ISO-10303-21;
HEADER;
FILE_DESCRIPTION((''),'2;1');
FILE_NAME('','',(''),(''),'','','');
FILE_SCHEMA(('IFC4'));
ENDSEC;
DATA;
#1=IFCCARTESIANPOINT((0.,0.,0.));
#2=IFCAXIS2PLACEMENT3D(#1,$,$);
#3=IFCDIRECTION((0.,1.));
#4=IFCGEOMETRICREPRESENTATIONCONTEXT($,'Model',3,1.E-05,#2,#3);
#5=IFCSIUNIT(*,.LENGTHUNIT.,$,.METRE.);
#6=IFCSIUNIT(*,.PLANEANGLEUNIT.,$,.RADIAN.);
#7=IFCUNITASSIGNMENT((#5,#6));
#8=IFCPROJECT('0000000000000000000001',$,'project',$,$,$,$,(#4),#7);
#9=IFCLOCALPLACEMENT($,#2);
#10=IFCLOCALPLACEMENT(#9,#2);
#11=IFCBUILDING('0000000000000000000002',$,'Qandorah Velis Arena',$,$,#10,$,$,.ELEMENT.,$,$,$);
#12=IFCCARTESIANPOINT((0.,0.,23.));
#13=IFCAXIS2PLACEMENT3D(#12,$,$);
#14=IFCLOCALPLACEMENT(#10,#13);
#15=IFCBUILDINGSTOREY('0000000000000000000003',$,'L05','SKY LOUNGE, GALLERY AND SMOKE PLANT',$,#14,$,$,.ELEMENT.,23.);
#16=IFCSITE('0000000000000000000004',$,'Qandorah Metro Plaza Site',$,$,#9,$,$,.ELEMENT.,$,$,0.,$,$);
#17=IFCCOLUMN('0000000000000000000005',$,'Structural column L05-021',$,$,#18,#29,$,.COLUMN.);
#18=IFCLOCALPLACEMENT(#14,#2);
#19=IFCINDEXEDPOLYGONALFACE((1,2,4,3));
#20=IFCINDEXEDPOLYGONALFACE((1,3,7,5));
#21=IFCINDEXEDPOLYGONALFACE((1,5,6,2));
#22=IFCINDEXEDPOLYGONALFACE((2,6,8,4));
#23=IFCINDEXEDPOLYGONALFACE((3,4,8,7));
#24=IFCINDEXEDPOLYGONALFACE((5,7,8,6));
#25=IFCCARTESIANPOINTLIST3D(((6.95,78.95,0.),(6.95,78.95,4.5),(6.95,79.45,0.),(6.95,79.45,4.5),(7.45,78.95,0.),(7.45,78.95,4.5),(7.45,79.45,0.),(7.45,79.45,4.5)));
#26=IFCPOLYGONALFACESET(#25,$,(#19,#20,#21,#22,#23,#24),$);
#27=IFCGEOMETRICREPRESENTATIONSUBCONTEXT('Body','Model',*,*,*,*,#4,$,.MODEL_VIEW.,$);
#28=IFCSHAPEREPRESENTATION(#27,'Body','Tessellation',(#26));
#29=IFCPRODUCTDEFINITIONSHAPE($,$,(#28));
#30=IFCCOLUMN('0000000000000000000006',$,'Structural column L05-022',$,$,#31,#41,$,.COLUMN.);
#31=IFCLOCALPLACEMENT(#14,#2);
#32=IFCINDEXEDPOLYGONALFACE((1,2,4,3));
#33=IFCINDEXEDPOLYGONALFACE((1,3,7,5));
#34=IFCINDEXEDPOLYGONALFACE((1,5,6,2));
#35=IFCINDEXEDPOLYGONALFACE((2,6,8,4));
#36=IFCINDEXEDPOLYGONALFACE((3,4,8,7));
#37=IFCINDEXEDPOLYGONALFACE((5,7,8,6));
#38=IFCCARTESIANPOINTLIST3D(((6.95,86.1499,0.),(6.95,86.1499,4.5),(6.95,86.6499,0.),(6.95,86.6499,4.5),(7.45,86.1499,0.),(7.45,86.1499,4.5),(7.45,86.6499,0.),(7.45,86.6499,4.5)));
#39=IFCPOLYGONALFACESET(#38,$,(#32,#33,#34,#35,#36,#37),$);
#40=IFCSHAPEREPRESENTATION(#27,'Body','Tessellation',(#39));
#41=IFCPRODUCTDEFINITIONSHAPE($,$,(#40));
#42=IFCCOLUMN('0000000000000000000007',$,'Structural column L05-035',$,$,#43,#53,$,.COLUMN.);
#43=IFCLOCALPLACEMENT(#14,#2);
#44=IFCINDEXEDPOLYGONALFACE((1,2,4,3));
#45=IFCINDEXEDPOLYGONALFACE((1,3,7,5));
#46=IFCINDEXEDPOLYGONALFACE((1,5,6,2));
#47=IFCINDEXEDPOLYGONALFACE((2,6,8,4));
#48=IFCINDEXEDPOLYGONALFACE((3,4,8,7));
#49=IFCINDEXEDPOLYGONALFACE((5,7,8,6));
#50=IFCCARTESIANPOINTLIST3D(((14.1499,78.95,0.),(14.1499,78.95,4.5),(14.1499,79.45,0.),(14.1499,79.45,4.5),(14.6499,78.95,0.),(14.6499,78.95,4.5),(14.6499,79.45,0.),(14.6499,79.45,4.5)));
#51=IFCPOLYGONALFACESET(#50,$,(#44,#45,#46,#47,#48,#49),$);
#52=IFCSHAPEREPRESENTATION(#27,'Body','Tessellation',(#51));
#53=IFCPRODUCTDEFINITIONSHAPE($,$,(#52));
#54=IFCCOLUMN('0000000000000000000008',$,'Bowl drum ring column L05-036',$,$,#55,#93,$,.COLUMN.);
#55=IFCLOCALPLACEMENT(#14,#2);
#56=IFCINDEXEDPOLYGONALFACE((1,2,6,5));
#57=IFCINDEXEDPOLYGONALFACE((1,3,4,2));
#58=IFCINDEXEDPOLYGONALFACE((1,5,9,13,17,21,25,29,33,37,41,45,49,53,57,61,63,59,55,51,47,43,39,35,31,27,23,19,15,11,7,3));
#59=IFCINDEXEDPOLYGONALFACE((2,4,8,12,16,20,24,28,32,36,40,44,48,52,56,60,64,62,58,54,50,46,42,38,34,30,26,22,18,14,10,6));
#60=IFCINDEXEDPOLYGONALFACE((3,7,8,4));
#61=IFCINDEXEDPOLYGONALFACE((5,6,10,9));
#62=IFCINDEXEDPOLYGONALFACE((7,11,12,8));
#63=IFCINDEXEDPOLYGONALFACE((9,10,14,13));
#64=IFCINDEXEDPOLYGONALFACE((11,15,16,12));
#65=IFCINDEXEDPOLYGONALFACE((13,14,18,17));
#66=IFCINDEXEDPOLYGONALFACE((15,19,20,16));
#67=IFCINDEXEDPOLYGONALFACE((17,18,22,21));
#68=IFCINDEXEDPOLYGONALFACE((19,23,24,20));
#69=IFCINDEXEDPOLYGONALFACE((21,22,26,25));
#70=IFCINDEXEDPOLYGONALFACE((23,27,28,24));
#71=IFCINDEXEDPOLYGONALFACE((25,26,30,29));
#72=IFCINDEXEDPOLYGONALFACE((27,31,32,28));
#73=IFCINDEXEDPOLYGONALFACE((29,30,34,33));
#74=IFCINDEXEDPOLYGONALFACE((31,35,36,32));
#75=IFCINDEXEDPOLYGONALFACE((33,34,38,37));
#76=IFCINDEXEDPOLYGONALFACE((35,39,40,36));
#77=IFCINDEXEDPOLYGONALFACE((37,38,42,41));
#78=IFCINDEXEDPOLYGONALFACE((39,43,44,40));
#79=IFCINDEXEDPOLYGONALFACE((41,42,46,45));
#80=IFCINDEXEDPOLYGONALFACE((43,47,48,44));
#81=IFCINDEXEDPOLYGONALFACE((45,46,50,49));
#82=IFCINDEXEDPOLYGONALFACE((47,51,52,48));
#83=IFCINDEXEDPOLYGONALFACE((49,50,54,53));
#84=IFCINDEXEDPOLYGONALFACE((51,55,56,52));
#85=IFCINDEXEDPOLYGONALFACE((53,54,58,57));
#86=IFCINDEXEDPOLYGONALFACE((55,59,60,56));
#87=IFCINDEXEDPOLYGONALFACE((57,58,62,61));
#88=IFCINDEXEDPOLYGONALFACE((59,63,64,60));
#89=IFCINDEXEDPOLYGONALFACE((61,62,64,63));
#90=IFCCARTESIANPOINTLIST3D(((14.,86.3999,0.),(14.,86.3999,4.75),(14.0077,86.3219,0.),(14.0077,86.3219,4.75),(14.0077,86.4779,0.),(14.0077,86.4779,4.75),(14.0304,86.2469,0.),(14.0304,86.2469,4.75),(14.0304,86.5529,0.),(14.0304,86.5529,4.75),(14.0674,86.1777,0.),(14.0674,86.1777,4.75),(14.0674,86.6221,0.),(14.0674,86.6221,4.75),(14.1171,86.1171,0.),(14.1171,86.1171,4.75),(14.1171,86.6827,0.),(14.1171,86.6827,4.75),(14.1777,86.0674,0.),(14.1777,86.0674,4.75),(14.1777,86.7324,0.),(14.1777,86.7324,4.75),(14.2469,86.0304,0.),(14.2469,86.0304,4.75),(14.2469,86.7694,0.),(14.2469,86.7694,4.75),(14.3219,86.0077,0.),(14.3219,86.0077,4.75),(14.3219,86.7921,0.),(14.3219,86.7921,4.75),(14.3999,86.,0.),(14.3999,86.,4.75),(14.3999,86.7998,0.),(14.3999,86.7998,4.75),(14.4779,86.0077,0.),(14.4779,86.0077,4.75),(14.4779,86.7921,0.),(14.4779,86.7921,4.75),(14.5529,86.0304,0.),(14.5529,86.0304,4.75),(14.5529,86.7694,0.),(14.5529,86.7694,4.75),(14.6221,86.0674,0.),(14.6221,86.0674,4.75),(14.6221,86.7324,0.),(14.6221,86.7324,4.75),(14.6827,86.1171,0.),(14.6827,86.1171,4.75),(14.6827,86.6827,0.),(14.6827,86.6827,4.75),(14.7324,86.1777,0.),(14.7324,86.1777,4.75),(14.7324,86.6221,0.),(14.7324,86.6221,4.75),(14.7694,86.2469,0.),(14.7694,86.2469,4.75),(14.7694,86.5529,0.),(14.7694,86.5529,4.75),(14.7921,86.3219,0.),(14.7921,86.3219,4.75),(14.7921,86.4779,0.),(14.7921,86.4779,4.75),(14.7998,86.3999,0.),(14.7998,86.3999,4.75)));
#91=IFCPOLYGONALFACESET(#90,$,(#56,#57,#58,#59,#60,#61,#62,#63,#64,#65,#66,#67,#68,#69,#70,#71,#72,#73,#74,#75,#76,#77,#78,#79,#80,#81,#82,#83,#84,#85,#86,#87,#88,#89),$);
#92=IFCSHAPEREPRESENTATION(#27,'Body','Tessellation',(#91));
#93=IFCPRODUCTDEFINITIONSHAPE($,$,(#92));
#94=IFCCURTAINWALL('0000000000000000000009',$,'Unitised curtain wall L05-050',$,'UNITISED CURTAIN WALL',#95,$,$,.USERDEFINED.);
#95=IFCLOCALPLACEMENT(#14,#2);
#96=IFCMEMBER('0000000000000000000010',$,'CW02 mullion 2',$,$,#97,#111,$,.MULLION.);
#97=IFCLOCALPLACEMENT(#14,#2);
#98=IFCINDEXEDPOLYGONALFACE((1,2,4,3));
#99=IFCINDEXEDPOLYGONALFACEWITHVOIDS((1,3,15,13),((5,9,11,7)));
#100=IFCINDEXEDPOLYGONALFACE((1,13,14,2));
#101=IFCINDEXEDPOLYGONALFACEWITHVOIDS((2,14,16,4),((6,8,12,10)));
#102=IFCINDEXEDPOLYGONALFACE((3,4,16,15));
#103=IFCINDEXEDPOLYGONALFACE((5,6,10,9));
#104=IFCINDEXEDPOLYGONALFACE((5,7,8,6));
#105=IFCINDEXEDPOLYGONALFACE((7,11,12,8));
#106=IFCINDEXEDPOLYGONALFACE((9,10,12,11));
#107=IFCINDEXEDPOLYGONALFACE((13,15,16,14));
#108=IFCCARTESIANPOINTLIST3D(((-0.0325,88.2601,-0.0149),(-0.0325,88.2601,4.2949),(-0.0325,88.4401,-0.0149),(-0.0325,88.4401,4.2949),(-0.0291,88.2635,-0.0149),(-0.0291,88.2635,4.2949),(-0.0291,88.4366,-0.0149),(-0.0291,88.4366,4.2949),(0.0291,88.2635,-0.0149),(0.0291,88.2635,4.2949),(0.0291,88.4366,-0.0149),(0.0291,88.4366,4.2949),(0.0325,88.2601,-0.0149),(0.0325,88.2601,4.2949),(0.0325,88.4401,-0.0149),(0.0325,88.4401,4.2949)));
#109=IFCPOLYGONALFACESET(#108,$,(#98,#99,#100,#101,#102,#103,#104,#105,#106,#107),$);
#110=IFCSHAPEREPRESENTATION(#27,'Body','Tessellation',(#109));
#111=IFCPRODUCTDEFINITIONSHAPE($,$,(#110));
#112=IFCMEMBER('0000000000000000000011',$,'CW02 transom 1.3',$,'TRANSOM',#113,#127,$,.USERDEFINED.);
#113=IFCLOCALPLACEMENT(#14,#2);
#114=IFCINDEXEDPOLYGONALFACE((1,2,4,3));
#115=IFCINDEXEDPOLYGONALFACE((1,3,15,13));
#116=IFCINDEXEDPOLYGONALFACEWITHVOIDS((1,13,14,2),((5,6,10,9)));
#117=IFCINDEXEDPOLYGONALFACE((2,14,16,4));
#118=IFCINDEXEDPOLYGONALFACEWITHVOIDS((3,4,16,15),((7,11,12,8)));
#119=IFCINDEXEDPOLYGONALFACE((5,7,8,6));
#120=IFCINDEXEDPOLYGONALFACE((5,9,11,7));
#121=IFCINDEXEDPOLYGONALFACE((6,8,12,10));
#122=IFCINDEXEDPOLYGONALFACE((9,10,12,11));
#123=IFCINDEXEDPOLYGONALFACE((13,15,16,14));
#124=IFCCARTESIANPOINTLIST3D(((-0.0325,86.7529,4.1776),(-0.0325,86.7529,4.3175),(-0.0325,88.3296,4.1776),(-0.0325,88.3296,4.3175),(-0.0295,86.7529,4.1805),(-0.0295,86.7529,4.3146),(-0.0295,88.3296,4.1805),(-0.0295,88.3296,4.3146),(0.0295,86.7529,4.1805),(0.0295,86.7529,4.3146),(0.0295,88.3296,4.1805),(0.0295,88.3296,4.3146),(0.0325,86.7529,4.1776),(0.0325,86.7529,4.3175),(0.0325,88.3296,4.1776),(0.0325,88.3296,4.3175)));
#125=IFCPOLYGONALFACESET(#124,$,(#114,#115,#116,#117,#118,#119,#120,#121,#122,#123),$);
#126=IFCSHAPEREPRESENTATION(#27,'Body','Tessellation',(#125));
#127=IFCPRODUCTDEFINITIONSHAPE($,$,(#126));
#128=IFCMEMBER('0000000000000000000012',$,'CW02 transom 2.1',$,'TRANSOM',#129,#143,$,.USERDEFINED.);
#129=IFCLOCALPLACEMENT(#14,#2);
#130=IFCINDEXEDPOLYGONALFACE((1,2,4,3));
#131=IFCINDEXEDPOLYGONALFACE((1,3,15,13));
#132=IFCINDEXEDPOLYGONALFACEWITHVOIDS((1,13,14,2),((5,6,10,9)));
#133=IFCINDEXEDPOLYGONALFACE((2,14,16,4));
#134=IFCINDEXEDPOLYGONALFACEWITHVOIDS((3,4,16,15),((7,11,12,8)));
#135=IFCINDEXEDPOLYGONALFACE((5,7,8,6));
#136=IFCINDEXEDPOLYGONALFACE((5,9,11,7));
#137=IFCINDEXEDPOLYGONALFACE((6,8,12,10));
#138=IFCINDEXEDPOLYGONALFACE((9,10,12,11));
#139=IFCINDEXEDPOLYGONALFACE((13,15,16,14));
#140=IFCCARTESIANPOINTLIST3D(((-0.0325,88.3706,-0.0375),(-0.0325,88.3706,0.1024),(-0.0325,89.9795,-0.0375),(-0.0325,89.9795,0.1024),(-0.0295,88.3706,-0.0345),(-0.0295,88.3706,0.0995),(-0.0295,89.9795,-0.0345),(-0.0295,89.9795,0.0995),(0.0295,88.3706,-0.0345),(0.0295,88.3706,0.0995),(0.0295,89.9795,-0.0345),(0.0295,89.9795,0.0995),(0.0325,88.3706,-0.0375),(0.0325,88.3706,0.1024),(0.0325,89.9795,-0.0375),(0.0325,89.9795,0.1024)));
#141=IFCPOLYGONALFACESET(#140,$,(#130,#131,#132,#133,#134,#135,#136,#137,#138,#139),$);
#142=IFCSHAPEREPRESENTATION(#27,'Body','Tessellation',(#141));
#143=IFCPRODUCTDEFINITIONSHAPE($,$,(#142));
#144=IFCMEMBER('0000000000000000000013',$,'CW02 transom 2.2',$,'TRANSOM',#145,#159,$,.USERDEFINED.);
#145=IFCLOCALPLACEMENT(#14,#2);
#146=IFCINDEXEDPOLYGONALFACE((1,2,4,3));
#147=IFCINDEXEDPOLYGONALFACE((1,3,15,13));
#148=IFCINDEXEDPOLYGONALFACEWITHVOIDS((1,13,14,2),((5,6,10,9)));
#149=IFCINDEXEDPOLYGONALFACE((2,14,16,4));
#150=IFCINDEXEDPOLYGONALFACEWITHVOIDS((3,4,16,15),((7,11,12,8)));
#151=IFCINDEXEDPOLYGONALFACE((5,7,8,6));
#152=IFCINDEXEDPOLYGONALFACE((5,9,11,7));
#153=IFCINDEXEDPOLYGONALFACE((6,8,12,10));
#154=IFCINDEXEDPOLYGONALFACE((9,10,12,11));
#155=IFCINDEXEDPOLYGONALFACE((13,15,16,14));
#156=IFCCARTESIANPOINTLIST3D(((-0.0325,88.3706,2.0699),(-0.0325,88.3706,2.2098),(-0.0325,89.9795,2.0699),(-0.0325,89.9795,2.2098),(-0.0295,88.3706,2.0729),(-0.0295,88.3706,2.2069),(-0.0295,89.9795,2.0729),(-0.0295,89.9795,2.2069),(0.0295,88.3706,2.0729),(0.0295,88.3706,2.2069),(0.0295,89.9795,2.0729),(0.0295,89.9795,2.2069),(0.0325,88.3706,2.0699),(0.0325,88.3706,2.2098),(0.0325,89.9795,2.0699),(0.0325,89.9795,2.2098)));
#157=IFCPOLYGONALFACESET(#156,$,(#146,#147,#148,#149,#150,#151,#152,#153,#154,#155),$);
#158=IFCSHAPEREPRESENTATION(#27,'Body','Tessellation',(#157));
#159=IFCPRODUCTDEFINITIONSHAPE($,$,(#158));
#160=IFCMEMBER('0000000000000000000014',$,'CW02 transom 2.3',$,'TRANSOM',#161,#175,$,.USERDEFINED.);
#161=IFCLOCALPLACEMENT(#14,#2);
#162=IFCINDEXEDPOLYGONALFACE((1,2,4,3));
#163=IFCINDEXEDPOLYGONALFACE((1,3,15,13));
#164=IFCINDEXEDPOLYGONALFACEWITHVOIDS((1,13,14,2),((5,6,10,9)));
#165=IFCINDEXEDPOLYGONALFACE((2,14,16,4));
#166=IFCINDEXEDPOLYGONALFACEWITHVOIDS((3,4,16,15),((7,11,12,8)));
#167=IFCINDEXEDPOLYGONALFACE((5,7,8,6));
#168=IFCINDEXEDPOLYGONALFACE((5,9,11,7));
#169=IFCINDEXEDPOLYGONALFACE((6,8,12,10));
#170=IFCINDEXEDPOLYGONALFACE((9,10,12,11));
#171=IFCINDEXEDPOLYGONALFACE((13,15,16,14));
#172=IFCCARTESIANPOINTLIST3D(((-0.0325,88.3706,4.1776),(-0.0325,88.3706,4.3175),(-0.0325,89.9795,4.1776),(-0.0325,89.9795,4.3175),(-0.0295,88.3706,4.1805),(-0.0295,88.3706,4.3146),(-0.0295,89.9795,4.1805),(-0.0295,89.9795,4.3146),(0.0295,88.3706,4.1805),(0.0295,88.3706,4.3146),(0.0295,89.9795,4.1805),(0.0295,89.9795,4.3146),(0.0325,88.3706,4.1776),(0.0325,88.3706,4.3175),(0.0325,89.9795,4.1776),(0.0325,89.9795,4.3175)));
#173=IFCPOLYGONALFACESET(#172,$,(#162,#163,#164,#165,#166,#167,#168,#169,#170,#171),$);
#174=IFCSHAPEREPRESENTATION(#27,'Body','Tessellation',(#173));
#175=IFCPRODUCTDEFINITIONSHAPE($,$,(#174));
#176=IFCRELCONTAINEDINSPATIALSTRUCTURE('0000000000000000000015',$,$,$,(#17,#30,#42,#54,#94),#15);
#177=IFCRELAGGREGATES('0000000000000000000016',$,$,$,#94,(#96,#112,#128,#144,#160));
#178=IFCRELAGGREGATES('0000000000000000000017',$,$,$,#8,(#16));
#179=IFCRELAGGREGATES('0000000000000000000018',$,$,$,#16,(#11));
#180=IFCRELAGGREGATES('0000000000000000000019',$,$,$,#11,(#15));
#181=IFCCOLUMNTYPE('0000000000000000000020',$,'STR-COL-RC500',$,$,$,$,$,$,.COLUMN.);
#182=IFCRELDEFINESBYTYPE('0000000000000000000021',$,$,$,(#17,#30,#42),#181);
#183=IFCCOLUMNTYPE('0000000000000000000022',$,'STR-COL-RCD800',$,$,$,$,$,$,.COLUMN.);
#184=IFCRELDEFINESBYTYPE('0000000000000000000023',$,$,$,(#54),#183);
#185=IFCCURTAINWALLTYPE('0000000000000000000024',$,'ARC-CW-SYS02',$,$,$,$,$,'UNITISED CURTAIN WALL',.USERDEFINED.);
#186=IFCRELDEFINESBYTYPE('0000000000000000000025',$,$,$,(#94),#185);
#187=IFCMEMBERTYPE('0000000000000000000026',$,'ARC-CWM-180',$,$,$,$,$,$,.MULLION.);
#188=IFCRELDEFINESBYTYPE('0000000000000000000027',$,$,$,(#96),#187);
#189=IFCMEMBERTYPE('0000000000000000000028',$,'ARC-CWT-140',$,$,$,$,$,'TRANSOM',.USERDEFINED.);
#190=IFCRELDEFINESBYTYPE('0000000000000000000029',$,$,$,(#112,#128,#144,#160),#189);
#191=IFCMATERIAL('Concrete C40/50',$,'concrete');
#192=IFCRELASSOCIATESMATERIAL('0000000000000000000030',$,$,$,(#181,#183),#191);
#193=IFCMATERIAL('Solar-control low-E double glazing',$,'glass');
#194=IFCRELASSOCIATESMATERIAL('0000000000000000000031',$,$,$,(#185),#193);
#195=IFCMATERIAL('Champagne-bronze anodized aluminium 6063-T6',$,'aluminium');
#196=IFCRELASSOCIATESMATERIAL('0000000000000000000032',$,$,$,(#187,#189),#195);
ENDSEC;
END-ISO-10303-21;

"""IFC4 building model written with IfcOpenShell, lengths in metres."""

from ifc_helpers import new_model, si_unit, direction, frame, origin, origin_2d, place, context, subcontext, project, spatial, rectangle, hollow_rectangle, circle, extrude, material, material_profile, profile_set, type_object, element, aggregate, save


model = new_model("IFC4")

# Units and contexts
model_context = context("Model", 3, precision=1e-05, world=origin(), true_north=direction((0.0, 1.0)))
body_context = subcontext(model_context, "Body", "Model", "MODEL_VIEW")
ifc_project = project(units=[si_unit("LENGTHUNIT", "METRE"), si_unit("PLANEANGLEUNIT", "RADIAN")], contexts=[model_context])

# Site, building, storey
site_placement = place(None, origin())
site = spatial("IfcSite", under=ifc_project, at=site_placement, Name="Qandorah Metro Plaza Site", CompositionType="ELEMENT", RefElevation=0.0)
building_placement = place(site_placement, origin())
building = spatial("IfcBuilding", under=site, at=building_placement, Name="Qandorah Velis Arena", CompositionType="ELEMENT")
storey_placement = place(building_placement, frame((0.0, 0.0, 23.0)))
storey = spatial("IfcBuildingStorey", under=building, at=storey_placement, Name="L05", Description="SKY LOUNGE, GALLERY AND SMOKE PLANT", CompositionType="ELEMENT", Elevation=23.0)

# Columns
ifc_material_1 = material(Name="Concrete C40/50", Category="concrete")
ifc_material_profile_1 = material_profile(ifc_material_1, rectangle(XDim=0.5, YDim=0.5, at=origin_2d()), Name="RC COL 500x500")
ifc_profile_set_1 = profile_set([ifc_material_profile_1], Name="Concrete C40/50")
column_type_1 = type_object("IfcColumnType", Name="STR-COL-RC500", PredefinedType="COLUMN", material=ifc_profile_set_1)
for number, where, z_axis, x_axis, name in (
    (1, (7.2, 79.2, 0.0), (0.0, 0.0, 1.0), (1.0, 0.0, 0.0), "Structural column L05-021"),
    (2, (7.2, 86.3999, 0.0), (0.0, 0.0, 1.0), (1.0, 0.0, 0.0), "Structural column L05-022"),
    (3, (14.3999, 79.2, 0.0), (0.0, 0.0, 1.0), (1.0, 0.0, 0.0), "Structural column L05-035"),
):
    element("IfcColumn", number, at=place(storey_placement, frame(where, z_axis=z_axis, x_axis=x_axis)), inside=storey, type_object=column_type_1, Name=name, PredefinedType="COLUMN", context=body_context, shape_type="SweptSolid", body=[
        extrude(rectangle(XDim=0.5, YDim=0.5, at=origin_2d()), origin(), (0.0, 0.0, 1.0), 4.5),
    ])
ifc_material_profile_2 = material_profile(ifc_material_1, circle(Radius=0.3999, at=origin_2d()), Name="RC D800")
ifc_profile_set_2 = profile_set([ifc_material_profile_2], Name="Concrete C40/50")
column_type_2 = type_object("IfcColumnType", Name="STR-COL-RCD800", PredefinedType="COLUMN", material=ifc_profile_set_2)
column_placement = place(storey_placement, frame((14.3999, 86.3999, 0.0), z_axis=(0.0, 0.0, 1.0), x_axis=(1.0, 0.0, 0.0)))
element("IfcColumn", 4, at=column_placement, inside=storey, type_object=column_type_2, Name="Bowl drum ring column L05-036", PredefinedType="COLUMN", context=body_context, shape_type="SweptSolid", body=[
    extrude(circle(Radius=0.3999, at=origin_2d()), origin(), (0.0, 0.0, 1.0), 4.75),
])

# Curtain wall, members
ifc_material_2 = material(Name="Solar-control low-E double glazing", Category="glass")
curtain_wall_type = type_object("IfcCurtainWallType", Name="ARC-CW-SYS02", ElementType="UNITISED CURTAIN WALL", PredefinedType="USERDEFINED", material=ifc_material_2)
curtain_wall_placement = place(storey_placement, origin())
curtain_wall = element("IfcCurtainWall", 5, at=curtain_wall_placement, inside=storey, type_object=curtain_wall_type, Name="Unitised curtain wall L05-050", ObjectType="UNITISED CURTAIN WALL", PredefinedType="USERDEFINED")
ifc_material_3 = material(Name="Champagne-bronze anodized aluminium 6063-T6", Category="aluminium")
ifc_material_profile_3 = material_profile(ifc_material_3, hollow_rectangle(XDim=0.0649, YDim=0.1799, WallThickness=0.0034, at=origin_2d()), Name="ALU MULLION 65x180")
ifc_profile_set_3 = profile_set([ifc_material_profile_3], Name="Champagne-bronze anodized aluminium 6063-T6")
member_type_1 = type_object("IfcMemberType", Name="ARC-CWM-180", PredefinedType="MULLION", material=ifc_profile_set_3)
member_1_placement = place(storey_placement, frame((0.0, 88.3501, -0.0149), z_axis=(0.0, 0.0, 1.0), x_axis=(-1.0, 0.0, 0.0)))
member_1 = element("IfcMember", 6, at=member_1_placement, type_object=member_type_1, Name="CW02 mullion 2", PredefinedType="MULLION", context=body_context, shape_type="SweptSolid", body=[
    extrude(hollow_rectangle(XDim=0.0649, YDim=0.1799, WallThickness=0.0034, at=origin_2d()), origin(), (0.0, 0.0, 1.0), 4.3098),
])
ifc_material_profile_4 = material_profile(ifc_material_3, hollow_rectangle(XDim=0.0649, YDim=0.1399, WallThickness=0.0029, at=origin_2d()), Name="ALU TRANSOM 65x140")
ifc_profile_set_4 = profile_set([ifc_material_profile_4], Name="Champagne-bronze anodized aluminium 6063-T6")
member_type_2 = type_object("IfcMemberType", Name="ARC-CWT-140", ElementType="TRANSOM", PredefinedType="USERDEFINED", material=ifc_profile_set_4)
member_2_placement = place(storey_placement, frame((0.0, 86.7529, 4.2476), z_axis=(0.0, 1.0, 0.0), x_axis=(-1.0, 0.0, 0.0)))
member_2 = element("IfcMember", 7, at=member_2_placement, type_object=member_type_2, Name="CW02 transom 1.3", ObjectType="TRANSOM", PredefinedType="USERDEFINED", context=body_context, shape_type="SweptSolid", body=[
    extrude(hollow_rectangle(XDim=0.0649, YDim=0.1399, WallThickness=0.0029, at=origin_2d()), origin(), (0.0, 0.0, 1.0), 1.5767),
])
member_3_placement = place(storey_placement, frame((0.0, 88.3706, 0.0325), z_axis=(0.0, 1.0, 0.0), x_axis=(-1.0, 0.0, 0.0)))
member_3 = element("IfcMember", 8, at=member_3_placement, type_object=member_type_2, Name="CW02 transom 2.1", ObjectType="TRANSOM", PredefinedType="USERDEFINED", context=body_context, shape_type="SweptSolid", body=[
    extrude(hollow_rectangle(XDim=0.0649, YDim=0.1399, WallThickness=0.0029, at=origin_2d()), origin(), (0.0, 0.0, 1.0), 1.6089),
])
member_4_placement = place(storey_placement, frame((0.0, 88.3706, 2.1399), z_axis=(0.0, 1.0, 0.0), x_axis=(-1.0, 0.0, 0.0)))
member_4 = element("IfcMember", 9, at=member_4_placement, type_object=member_type_2, Name="CW02 transom 2.2", ObjectType="TRANSOM", PredefinedType="USERDEFINED", context=body_context, shape_type="SweptSolid", body=[
    extrude(hollow_rectangle(XDim=0.0649, YDim=0.1399, WallThickness=0.0029, at=origin_2d()), origin(), (0.0, 0.0, 1.0), 1.6089),
])
member_5_placement = place(storey_placement, frame((0.0, 88.3706, 4.2476), z_axis=(0.0, 1.0, 0.0), x_axis=(-1.0, 0.0, 0.0)))
member_5 = element("IfcMember", 10, at=member_5_placement, type_object=member_type_2, Name="CW02 transom 2.3", ObjectType="TRANSOM", PredefinedType="USERDEFINED", context=body_context, shape_type="SweptSolid", body=[
    extrude(hollow_rectangle(XDim=0.0649, YDim=0.1399, WallThickness=0.0029, at=origin_2d()), origin(), (0.0, 0.0, 1.0), 1.6089),
])

aggregate(curtain_wall, [member_1, member_2, member_3, member_4, member_5])

save(model, "model.ifc")
